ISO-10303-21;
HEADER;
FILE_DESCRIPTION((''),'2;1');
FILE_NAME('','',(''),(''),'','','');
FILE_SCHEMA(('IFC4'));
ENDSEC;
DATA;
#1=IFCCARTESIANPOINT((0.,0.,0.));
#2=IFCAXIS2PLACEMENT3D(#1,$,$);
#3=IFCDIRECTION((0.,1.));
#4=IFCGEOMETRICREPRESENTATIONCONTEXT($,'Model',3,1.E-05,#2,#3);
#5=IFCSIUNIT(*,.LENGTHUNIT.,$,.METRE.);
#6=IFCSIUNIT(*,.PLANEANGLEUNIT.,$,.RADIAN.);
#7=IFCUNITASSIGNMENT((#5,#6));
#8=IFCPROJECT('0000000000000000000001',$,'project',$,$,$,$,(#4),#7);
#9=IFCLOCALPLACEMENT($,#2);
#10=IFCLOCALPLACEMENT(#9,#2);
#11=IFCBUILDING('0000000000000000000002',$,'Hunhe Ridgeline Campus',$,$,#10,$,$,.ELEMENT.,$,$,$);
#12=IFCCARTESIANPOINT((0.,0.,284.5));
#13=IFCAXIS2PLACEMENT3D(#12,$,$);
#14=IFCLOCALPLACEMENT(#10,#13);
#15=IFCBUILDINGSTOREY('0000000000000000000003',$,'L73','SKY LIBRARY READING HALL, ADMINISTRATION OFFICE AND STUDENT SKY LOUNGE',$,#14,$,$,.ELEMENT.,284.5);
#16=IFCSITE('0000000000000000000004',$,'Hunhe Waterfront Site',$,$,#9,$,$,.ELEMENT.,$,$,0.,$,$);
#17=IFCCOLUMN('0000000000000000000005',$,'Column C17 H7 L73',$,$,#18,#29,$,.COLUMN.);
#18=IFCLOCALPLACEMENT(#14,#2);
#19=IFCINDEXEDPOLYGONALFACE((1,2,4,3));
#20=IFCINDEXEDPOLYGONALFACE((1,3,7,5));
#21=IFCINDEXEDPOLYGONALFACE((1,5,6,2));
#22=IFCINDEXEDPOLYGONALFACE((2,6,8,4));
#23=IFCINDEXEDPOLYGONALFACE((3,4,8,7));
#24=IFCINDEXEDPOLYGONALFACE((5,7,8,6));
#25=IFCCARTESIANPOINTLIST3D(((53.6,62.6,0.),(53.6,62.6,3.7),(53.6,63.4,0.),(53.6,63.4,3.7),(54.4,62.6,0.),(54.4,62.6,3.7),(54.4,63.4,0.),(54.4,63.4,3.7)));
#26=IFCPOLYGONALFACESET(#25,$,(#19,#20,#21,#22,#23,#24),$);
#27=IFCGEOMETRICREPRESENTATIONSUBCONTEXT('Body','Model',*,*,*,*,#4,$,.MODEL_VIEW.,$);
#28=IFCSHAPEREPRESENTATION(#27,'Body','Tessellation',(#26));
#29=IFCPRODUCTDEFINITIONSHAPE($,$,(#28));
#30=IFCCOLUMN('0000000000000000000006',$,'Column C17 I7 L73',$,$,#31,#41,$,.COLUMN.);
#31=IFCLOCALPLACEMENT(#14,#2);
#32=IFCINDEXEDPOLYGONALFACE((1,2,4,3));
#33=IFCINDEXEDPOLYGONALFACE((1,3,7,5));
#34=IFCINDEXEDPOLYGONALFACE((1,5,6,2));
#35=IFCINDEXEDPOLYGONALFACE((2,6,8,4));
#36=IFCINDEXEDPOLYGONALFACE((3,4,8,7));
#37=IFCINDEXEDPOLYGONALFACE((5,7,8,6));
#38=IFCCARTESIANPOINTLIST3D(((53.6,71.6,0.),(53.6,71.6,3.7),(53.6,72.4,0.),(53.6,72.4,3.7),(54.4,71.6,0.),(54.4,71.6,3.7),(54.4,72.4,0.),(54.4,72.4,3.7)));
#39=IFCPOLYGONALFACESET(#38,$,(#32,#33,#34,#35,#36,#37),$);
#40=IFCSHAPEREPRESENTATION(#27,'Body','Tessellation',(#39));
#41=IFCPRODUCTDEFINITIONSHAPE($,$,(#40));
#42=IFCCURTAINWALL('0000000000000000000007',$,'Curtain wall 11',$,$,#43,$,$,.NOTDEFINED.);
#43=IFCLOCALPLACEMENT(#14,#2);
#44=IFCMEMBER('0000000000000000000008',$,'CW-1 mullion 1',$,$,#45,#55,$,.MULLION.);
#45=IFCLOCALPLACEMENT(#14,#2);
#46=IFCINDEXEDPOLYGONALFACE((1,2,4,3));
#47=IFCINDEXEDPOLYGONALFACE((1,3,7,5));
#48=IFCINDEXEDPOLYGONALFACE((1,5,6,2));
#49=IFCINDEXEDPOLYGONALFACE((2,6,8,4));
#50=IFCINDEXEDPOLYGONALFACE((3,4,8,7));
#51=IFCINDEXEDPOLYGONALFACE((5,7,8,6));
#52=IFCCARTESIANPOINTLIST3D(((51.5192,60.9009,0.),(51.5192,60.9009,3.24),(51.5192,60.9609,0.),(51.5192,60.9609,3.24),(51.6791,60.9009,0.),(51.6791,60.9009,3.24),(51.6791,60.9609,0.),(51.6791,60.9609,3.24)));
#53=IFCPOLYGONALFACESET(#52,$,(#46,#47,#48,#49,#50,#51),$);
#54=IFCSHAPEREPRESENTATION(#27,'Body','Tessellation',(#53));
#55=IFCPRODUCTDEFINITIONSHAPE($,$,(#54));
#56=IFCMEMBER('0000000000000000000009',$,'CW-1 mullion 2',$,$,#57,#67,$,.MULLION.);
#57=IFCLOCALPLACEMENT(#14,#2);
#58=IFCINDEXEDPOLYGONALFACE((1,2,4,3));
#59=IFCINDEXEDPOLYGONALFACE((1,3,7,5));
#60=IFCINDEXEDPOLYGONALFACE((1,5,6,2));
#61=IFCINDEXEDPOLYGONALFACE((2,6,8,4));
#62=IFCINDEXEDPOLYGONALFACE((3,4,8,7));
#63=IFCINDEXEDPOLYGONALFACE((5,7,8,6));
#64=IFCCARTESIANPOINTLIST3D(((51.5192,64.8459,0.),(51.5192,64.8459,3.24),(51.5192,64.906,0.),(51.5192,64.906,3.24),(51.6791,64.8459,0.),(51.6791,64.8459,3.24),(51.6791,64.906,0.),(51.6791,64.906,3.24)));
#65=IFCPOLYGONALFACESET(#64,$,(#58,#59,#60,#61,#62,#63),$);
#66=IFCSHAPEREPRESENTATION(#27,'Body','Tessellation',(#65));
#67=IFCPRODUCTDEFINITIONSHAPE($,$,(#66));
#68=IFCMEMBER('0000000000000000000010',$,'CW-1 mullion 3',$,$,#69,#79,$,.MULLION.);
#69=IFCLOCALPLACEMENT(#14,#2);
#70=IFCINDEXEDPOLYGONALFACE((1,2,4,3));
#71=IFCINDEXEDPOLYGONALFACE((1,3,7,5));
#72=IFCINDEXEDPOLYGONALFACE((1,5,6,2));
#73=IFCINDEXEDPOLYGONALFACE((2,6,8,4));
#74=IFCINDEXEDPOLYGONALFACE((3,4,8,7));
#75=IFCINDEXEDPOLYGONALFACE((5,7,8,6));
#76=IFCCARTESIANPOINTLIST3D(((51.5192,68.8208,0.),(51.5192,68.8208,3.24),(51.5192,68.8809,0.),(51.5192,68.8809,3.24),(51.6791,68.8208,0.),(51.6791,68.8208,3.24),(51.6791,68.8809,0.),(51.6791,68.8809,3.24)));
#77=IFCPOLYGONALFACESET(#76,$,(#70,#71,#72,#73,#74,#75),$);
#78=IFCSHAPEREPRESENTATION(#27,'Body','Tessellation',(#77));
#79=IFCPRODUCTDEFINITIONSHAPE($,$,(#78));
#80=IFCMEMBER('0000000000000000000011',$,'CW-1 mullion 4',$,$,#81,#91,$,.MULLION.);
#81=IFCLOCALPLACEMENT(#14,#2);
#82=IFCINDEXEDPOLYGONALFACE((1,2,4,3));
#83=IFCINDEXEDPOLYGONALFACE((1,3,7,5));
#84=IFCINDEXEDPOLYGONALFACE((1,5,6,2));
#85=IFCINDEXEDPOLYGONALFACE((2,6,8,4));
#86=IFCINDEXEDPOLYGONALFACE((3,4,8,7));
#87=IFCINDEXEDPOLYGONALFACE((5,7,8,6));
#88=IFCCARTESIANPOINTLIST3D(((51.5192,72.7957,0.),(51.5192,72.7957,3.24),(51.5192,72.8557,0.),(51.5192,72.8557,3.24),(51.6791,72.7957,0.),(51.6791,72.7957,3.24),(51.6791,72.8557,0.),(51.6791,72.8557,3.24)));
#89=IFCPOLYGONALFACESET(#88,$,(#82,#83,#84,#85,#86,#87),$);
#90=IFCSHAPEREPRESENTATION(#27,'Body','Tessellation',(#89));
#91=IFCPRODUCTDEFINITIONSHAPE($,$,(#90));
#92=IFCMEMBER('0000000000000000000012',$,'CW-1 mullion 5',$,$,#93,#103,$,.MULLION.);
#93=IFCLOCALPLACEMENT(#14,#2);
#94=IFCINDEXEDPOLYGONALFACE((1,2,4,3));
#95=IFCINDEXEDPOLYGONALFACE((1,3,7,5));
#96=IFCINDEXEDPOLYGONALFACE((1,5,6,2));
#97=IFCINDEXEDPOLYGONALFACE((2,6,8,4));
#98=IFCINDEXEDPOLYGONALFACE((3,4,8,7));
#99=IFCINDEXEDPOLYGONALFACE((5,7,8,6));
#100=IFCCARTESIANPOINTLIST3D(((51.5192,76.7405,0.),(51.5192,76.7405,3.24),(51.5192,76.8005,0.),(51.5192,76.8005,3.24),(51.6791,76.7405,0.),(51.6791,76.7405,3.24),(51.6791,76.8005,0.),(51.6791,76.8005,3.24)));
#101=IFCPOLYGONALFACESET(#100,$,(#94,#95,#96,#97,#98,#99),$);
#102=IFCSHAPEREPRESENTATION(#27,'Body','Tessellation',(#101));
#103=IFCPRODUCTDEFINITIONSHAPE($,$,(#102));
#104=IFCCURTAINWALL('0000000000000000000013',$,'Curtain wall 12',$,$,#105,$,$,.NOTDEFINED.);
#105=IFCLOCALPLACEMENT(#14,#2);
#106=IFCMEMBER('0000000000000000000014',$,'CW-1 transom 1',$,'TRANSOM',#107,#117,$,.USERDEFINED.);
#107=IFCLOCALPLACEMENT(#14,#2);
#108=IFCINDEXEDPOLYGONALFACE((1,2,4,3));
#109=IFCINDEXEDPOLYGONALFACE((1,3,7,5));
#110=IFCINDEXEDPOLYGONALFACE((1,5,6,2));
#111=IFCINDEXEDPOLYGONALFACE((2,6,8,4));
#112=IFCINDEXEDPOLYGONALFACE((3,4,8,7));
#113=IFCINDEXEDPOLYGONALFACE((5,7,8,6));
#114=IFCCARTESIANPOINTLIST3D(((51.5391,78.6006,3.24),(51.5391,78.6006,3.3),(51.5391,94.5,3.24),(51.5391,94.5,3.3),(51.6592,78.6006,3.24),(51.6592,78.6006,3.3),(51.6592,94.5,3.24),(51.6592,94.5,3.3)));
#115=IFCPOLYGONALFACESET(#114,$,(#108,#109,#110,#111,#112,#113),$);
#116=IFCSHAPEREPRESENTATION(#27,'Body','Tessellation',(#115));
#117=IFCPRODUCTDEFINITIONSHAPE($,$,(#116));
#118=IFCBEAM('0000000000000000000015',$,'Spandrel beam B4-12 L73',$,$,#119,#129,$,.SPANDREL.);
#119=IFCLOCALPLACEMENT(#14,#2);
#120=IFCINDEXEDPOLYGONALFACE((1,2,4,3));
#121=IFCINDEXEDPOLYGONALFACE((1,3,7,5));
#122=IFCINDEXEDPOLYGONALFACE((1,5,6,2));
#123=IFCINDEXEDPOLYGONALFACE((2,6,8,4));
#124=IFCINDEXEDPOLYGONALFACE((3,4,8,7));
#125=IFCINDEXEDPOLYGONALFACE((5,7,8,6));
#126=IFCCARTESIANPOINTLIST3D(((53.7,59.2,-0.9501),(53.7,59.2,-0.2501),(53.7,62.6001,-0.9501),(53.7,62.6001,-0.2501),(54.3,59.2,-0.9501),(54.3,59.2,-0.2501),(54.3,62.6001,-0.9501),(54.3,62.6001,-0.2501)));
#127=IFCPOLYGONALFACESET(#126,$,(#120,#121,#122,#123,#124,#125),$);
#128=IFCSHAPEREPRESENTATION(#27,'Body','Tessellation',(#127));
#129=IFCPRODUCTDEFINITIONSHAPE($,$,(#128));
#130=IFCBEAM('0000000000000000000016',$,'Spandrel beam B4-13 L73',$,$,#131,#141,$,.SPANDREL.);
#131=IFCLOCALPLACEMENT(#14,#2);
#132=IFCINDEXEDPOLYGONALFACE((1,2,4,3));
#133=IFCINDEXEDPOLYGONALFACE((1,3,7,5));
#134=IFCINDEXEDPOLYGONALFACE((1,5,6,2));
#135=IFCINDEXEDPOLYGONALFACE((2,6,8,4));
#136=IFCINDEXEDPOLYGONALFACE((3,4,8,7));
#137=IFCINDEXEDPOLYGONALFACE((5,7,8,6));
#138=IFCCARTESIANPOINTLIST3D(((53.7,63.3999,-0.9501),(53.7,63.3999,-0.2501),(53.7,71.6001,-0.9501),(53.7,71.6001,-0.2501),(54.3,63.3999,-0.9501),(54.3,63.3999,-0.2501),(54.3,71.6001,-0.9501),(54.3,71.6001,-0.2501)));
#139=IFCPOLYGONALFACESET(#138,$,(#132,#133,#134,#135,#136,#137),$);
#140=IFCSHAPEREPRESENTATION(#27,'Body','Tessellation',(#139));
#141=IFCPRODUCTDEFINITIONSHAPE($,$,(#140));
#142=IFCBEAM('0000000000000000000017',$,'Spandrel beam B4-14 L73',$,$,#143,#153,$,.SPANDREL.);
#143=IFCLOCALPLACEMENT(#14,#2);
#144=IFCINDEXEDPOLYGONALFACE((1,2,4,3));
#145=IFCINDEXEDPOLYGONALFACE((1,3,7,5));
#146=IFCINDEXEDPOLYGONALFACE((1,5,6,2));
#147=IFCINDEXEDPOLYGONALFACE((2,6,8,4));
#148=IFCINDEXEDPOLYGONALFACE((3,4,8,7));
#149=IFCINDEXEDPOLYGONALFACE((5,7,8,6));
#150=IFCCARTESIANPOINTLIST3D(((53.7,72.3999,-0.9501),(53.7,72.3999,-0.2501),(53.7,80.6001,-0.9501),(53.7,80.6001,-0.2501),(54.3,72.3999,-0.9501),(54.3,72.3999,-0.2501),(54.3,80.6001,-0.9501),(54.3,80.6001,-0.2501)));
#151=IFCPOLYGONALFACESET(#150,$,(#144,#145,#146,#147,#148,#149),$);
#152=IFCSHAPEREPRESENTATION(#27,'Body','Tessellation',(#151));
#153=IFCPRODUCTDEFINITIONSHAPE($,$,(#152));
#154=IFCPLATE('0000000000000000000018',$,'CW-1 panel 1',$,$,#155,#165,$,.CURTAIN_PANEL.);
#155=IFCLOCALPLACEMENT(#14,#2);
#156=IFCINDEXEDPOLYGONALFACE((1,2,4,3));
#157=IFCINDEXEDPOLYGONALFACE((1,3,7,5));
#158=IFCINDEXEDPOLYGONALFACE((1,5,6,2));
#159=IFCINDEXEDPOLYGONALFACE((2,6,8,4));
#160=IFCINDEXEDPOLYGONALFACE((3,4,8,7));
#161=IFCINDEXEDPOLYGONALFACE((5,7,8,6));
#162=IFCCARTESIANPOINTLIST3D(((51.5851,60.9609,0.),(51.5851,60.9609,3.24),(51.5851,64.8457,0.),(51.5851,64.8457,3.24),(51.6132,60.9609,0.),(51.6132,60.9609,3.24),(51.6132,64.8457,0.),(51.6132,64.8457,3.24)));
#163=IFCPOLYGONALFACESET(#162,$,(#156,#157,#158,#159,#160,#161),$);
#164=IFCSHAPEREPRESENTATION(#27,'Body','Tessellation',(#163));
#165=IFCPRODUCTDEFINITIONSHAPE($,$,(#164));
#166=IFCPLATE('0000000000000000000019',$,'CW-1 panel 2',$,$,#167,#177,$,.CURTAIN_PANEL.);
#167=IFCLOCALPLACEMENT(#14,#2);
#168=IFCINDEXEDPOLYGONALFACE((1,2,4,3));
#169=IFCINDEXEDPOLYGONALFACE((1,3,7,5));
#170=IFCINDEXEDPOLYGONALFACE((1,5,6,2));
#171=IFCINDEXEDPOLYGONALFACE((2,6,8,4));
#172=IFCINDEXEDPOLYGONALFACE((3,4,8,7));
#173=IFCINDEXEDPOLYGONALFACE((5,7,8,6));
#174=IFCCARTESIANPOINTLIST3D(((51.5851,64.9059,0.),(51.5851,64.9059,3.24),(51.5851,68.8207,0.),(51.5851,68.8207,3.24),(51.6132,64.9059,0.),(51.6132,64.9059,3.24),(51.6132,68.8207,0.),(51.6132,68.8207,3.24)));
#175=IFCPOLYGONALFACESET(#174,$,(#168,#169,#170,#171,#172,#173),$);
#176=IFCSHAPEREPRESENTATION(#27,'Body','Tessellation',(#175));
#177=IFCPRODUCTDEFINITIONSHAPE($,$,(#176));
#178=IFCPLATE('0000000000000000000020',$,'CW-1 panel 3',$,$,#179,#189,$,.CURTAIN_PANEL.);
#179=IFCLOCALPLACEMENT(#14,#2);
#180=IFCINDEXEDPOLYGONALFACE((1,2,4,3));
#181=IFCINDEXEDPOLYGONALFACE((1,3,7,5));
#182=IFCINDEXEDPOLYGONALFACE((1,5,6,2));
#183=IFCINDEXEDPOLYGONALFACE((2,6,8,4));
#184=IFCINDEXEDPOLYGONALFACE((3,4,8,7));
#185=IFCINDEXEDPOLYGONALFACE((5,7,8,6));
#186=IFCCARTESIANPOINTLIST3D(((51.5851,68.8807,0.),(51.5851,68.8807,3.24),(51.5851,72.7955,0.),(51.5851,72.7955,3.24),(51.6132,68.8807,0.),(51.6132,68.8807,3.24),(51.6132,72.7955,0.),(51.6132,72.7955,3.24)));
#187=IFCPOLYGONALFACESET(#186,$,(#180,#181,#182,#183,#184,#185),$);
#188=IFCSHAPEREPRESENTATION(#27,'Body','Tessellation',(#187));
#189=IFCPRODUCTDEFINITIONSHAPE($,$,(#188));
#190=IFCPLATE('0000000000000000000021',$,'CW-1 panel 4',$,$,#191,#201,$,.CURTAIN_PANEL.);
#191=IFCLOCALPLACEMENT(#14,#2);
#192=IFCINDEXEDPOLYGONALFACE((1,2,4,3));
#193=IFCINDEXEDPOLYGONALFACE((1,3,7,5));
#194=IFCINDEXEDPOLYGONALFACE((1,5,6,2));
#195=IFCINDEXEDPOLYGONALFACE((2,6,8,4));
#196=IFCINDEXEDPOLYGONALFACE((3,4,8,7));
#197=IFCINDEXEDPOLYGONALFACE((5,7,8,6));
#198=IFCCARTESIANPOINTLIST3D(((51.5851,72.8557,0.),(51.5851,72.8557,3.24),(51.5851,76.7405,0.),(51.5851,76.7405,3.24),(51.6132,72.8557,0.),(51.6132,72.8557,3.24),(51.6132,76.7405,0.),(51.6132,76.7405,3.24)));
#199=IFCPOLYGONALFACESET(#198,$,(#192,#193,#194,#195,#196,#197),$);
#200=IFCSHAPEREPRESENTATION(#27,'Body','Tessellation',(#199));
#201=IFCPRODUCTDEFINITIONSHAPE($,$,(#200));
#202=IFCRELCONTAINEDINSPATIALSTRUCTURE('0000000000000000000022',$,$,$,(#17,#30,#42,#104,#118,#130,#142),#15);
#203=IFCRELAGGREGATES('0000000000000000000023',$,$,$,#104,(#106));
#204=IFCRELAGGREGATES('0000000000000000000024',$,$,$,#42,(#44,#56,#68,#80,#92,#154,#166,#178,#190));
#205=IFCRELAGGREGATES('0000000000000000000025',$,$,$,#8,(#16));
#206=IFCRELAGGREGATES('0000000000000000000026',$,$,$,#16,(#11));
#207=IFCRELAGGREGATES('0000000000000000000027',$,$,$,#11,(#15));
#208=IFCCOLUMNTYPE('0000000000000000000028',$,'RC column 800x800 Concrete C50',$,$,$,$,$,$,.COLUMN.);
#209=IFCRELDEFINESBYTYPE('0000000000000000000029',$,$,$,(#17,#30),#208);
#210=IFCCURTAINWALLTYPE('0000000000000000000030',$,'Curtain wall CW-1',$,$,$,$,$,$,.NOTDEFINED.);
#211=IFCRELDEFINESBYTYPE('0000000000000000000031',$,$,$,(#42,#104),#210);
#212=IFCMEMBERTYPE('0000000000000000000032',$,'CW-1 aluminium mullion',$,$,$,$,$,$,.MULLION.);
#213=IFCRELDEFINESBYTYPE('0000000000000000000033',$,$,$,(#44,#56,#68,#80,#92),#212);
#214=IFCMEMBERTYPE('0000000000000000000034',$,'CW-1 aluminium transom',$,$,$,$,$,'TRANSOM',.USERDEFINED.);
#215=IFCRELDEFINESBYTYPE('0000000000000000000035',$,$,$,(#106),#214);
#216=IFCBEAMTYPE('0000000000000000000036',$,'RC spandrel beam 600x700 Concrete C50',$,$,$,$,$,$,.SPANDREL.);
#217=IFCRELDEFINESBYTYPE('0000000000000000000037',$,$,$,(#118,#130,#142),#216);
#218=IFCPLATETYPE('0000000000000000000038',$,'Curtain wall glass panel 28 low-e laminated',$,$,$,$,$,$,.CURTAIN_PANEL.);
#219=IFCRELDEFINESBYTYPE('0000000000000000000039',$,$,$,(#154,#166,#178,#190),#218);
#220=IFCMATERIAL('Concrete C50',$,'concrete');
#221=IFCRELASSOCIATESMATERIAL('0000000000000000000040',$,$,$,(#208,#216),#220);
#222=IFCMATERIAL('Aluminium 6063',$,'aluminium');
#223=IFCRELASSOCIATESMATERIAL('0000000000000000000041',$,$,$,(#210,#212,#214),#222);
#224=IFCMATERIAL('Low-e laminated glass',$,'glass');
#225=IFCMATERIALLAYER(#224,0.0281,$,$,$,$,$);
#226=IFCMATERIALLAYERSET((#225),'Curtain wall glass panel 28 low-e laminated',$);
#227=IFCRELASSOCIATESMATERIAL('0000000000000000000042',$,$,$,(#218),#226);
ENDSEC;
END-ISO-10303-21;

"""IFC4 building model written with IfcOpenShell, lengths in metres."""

from ifc_helpers import new_model, si_unit, direction, frame, origin, origin_2d, place, context, subcontext, project, spatial, rectangle, extrude, material, layer, layer_set, material_profile, profile_set, type_object, element, aggregate, save


model = new_model("IFC4")

# Units and contexts
model_context = context("Model", 3, precision=1e-05, world=origin(), true_north=direction((0.0, 1.0)))
body_context = subcontext(model_context, "Body", "Model", "MODEL_VIEW")
ifc_project = project(units=[si_unit("LENGTHUNIT", "METRE"), si_unit("PLANEANGLEUNIT", "RADIAN")], contexts=[model_context])

# Site, building, storey
site_placement = place(None, origin())
site = spatial("IfcSite", under=ifc_project, at=site_placement, Name="Hunhe Waterfront Site", CompositionType="ELEMENT", RefElevation=0.0)
building_placement = place(site_placement, origin())
building = spatial("IfcBuilding", under=site, at=building_placement, Name="Hunhe Ridgeline Campus", CompositionType="ELEMENT")
storey_placement = place(building_placement, frame((0.0, 0.0, 284.5)))
storey = spatial("IfcBuildingStorey", under=building, at=storey_placement, Name="L73", Description="SKY LIBRARY READING HALL, ADMINISTRATION OFFICE AND STUDENT SKY LOUNGE", CompositionType="ELEMENT", Elevation=284.5)

# Columns
ifc_material_1 = material(Name="Concrete C50", Category="concrete")
ifc_material_profile_1 = material_profile(ifc_material_1, rectangle(XDim=0.8, YDim=0.8, at=origin_2d()))
ifc_profile_set_1 = profile_set([ifc_material_profile_1], Name="Concrete C50")
column_type = type_object("IfcColumnType", Name="RC column 800x800 Concrete C50", PredefinedType="COLUMN", material=ifc_profile_set_1)
for number, where, z_axis, x_axis, name in (
    (1, (54.0, 63.0, 0.0), (0.0, 0.0, 1.0), (1.0, 0.0, 0.0), "Column C17 H7 L73"),
    (2, (54.0, 72.0, 0.0), (0.0, 0.0, 1.0), (1.0, 0.0, 0.0), "Column C17 I7 L73"),
):
    element("IfcColumn", number, at=place(storey_placement, frame(where, z_axis=z_axis, x_axis=x_axis)), inside=storey, type_object=column_type, Name=name, PredefinedType="COLUMN", context=body_context, shape_type="SweptSolid", body=[
        extrude(rectangle(XDim=0.8, YDim=0.8, at=origin_2d()), origin(), (0.0, 0.0, 1.0), 3.7),
    ])

# Curtain wall, members
ifc_material_2 = material(Name="Aluminium 6063", Category="aluminium")
curtain_wall_type = type_object("IfcCurtainWallType", Name="Curtain wall CW-1", PredefinedType="NOTDEFINED", material=ifc_material_2)
curtain_wall_1_placement = place(storey_placement, origin())
curtain_wall_1 = element("IfcCurtainWall", 3, at=curtain_wall_1_placement, inside=storey, type_object=curtain_wall_type, Name="Curtain wall 11", PredefinedType="NOTDEFINED")
ifc_material_profile_2 = material_profile(ifc_material_2, rectangle(XDim=0.1599, YDim=0.0601, at=origin_2d()))
ifc_profile_set_2 = profile_set([ifc_material_profile_2], Name="Aluminium 6063")
member_type_1 = type_object("IfcMemberType", Name="CW-1 aluminium mullion", PredefinedType="MULLION", material=ifc_profile_set_2)
member_1_placement = place(storey_placement, frame((51.5991, 60.9309, 0.0), z_axis=(0.0, 0.0, 1.0), x_axis=(-1.0, 0.0, 0.0)))
member_1 = element("IfcMember", 4, at=member_1_placement, type_object=member_type_1, Name="CW-1 mullion 1", PredefinedType="MULLION", context=body_context, shape_type="SweptSolid", body=[
    extrude(rectangle(XDim=0.1599, YDim=0.0601, at=origin_2d()), origin(), (0.0, 0.0, 1.0), 3.24),
])
member_2_placement = place(storey_placement, frame((51.5991, 64.876, 0.0), z_axis=(0.0, 0.0, 1.0), x_axis=(-1.0, 0.0, 0.0)))
member_2 = element("IfcMember", 5, at=member_2_placement, type_object=member_type_1, Name="CW-1 mullion 2", PredefinedType="MULLION", context=body_context, shape_type="SweptSolid", body=[
    extrude(rectangle(XDim=0.1599, YDim=0.0601, at=origin_2d()), origin(), (0.0, 0.0, 1.0), 3.24),
])
member_3_placement = place(storey_placement, frame((51.5991, 68.8508, 0.0), z_axis=(0.0, 0.0, 1.0), x_axis=(-1.0, 0.0, 0.0)))
member_3 = element("IfcMember", 6, at=member_3_placement, type_object=member_type_1, Name="CW-1 mullion 3", PredefinedType="MULLION", context=body_context, shape_type="SweptSolid", body=[
    extrude(rectangle(XDim=0.1599, YDim=0.0601, at=origin_2d()), origin(), (0.0, 0.0, 1.0), 3.24),
])
member_4_placement = place(storey_placement, frame((51.5991, 72.8257, 0.0), z_axis=(0.0, 0.0, 1.0), x_axis=(-1.0, 0.0, 0.0)))
member_4 = element("IfcMember", 7, at=member_4_placement, type_object=member_type_1, Name="CW-1 mullion 4", PredefinedType="MULLION", context=body_context, shape_type="SweptSolid", body=[
    extrude(rectangle(XDim=0.1599, YDim=0.0601, at=origin_2d()), origin(), (0.0, 0.0, 1.0), 3.24),
])
member_5_placement = place(storey_placement, frame((51.5991, 76.7705, 0.0), z_axis=(0.0, 0.0, 1.0), x_axis=(-1.0, 0.0, 0.0)))
member_5 = element("IfcMember", 8, at=member_5_placement, type_object=member_type_1, Name="CW-1 mullion 5", PredefinedType="MULLION", context=body_context, shape_type="SweptSolid", body=[
    extrude(rectangle(XDim=0.1599, YDim=0.0601, at=origin_2d()), origin(), (0.0, 0.0, 1.0), 3.24),
])

# Curtain wall, member
curtain_wall_2_placement = place(storey_placement, origin())
curtain_wall_2 = element("IfcCurtainWall", 9, at=curtain_wall_2_placement, inside=storey, type_object=curtain_wall_type, Name="Curtain wall 12", PredefinedType="NOTDEFINED")
ifc_material_profile_3 = material_profile(ifc_material_2, rectangle(XDim=0.1201, YDim=0.0601, at=origin_2d()))
ifc_profile_set_3 = profile_set([ifc_material_profile_3], Name="Aluminium 6063")
member_type_2 = type_object("IfcMemberType", Name="CW-1 aluminium transom", ElementType="TRANSOM", PredefinedType="USERDEFINED", material=ifc_profile_set_3)
member_6_placement = place(storey_placement, frame((51.5991, 78.6006, 3.27), z_axis=(0.0, 1.0, 0.0), x_axis=(-1.0, 0.0, 0.0)))
member_6 = element("IfcMember", 10, at=member_6_placement, type_object=member_type_2, Name="CW-1 transom 1", ObjectType="TRANSOM", PredefinedType="USERDEFINED", context=body_context, shape_type="SweptSolid", body=[
    extrude(rectangle(XDim=0.1201, YDim=0.0601, at=origin_2d()), origin(), (0.0, 0.0, 1.0), 15.8994),
])
aggregate(curtain_wall_2, [member_6])

# Beams
ifc_material_profile_4 = material_profile(ifc_material_1, rectangle(XDim=0.6001, YDim=0.7, at=origin_2d()))
ifc_profile_set_4 = profile_set([ifc_material_profile_4], Name="Concrete C50")
beam_type = type_object("IfcBeamType", Name="RC spandrel beam 600x700 Concrete C50", PredefinedType="SPANDREL", material=ifc_profile_set_4)
beam_placement = place(storey_placement, frame((54.0, 59.2, -0.6001), z_axis=(0.0, 1.0, 0.0), x_axis=(-1.0, 0.0, 0.0)))
element("IfcBeam", 11, at=beam_placement, inside=storey, type_object=beam_type, Name="Spandrel beam B4-12 L73", PredefinedType="SPANDREL", context=body_context, shape_type="SweptSolid", body=[
    extrude(rectangle(XDim=0.6001, YDim=0.7, at=origin_2d()), origin(), (0.0, 0.0, 1.0), 3.4001),
])
for number, where, z_axis, x_axis, name in (
    (12, (54.0, 63.3999, -0.6001), (0.0, 1.0, 0.0), (-1.0, 0.0, 0.0), "Spandrel beam B4-13 L73"),
    (13, (54.0, 72.3999, -0.6001), (0.0, 1.0, 0.0), (-1.0, 0.0, 0.0), "Spandrel beam B4-14 L73"),
):
    element("IfcBeam", number, at=place(storey_placement, frame(where, z_axis=z_axis, x_axis=x_axis)), inside=storey, type_object=beam_type, Name=name, PredefinedType="SPANDREL", context=body_context, shape_type="SweptSolid", body=[
        extrude(rectangle(XDim=0.6001, YDim=0.7, at=origin_2d()), origin(), (0.0, 0.0, 1.0), 8.2002),
    ])

# Plates
ifc_material_3 = material(Name="Low-e laminated glass", Category="glass")
ifc_layer_1 = layer(ifc_material_3, 0.0281)
ifc_layer_set_1 = layer_set([ifc_layer_1], Name="Curtain wall glass panel 28 low-e laminated")
plate_type = type_object("IfcPlateType", Name="Curtain wall glass panel 28 low-e laminated", PredefinedType="CURTAIN_PANEL", material=ifc_layer_set_1)
plate_1_placement = place(storey_placement, frame((51.5991, 62.9033, 0.0), z_axis=(0.0, 0.0, 1.0), x_axis=(0.0, 1.0, 0.0)))
plate_1 = element("IfcPlate", 14, at=plate_1_placement, type_object=plate_type, Name="CW-1 panel 1", PredefinedType="CURTAIN_PANEL", context=body_context, shape_type="SweptSolid", body=[
    extrude(rectangle(XDim=3.8848, YDim=0.0281, at=origin_2d()), origin(), (0.0, 0.0, 1.0), 3.24),
])
plate_2_placement = place(storey_placement, frame((51.5991, 66.8633, 0.0), z_axis=(0.0, 0.0, 1.0), x_axis=(0.0, 1.0, 0.0)))
plate_2 = element("IfcPlate", 15, at=plate_2_placement, type_object=plate_type, Name="CW-1 panel 2", PredefinedType="CURTAIN_PANEL", context=body_context, shape_type="SweptSolid", body=[
    extrude(rectangle(XDim=3.9148, YDim=0.0281, at=origin_2d()), origin(), (0.0, 0.0, 1.0), 3.24),
])
plate_3_placement = place(storey_placement, frame((51.5991, 70.8381, 0.0), z_axis=(0.0, 0.0, 1.0), x_axis=(0.0, 1.0, 0.0)))
plate_3 = element("IfcPlate", 16, at=plate_3_placement, type_object=plate_type, Name="CW-1 panel 3", PredefinedType="CURTAIN_PANEL", context=body_context, shape_type="SweptSolid", body=[
    extrude(rectangle(XDim=3.9148, YDim=0.0281, at=origin_2d()), origin(), (0.0, 0.0, 1.0), 3.24),
])
plate_4_placement = place(storey_placement, frame((51.5991, 74.7981, 0.0), z_axis=(0.0, 0.0, 1.0), x_axis=(0.0, 1.0, 0.0)))
plate_4 = element("IfcPlate", 17, at=plate_4_placement, type_object=plate_type, Name="CW-1 panel 4", PredefinedType="CURTAIN_PANEL", context=body_context, shape_type="SweptSolid", body=[
    extrude(rectangle(XDim=3.8848, YDim=0.0281, at=origin_2d()), origin(), (0.0, 0.0, 1.0), 3.24),
])
aggregate(curtain_wall_1, [member_1, member_2, member_3, member_4, member_5, plate_1, plate_2, plate_3, plate_4])

save(model, "model.ifc")
